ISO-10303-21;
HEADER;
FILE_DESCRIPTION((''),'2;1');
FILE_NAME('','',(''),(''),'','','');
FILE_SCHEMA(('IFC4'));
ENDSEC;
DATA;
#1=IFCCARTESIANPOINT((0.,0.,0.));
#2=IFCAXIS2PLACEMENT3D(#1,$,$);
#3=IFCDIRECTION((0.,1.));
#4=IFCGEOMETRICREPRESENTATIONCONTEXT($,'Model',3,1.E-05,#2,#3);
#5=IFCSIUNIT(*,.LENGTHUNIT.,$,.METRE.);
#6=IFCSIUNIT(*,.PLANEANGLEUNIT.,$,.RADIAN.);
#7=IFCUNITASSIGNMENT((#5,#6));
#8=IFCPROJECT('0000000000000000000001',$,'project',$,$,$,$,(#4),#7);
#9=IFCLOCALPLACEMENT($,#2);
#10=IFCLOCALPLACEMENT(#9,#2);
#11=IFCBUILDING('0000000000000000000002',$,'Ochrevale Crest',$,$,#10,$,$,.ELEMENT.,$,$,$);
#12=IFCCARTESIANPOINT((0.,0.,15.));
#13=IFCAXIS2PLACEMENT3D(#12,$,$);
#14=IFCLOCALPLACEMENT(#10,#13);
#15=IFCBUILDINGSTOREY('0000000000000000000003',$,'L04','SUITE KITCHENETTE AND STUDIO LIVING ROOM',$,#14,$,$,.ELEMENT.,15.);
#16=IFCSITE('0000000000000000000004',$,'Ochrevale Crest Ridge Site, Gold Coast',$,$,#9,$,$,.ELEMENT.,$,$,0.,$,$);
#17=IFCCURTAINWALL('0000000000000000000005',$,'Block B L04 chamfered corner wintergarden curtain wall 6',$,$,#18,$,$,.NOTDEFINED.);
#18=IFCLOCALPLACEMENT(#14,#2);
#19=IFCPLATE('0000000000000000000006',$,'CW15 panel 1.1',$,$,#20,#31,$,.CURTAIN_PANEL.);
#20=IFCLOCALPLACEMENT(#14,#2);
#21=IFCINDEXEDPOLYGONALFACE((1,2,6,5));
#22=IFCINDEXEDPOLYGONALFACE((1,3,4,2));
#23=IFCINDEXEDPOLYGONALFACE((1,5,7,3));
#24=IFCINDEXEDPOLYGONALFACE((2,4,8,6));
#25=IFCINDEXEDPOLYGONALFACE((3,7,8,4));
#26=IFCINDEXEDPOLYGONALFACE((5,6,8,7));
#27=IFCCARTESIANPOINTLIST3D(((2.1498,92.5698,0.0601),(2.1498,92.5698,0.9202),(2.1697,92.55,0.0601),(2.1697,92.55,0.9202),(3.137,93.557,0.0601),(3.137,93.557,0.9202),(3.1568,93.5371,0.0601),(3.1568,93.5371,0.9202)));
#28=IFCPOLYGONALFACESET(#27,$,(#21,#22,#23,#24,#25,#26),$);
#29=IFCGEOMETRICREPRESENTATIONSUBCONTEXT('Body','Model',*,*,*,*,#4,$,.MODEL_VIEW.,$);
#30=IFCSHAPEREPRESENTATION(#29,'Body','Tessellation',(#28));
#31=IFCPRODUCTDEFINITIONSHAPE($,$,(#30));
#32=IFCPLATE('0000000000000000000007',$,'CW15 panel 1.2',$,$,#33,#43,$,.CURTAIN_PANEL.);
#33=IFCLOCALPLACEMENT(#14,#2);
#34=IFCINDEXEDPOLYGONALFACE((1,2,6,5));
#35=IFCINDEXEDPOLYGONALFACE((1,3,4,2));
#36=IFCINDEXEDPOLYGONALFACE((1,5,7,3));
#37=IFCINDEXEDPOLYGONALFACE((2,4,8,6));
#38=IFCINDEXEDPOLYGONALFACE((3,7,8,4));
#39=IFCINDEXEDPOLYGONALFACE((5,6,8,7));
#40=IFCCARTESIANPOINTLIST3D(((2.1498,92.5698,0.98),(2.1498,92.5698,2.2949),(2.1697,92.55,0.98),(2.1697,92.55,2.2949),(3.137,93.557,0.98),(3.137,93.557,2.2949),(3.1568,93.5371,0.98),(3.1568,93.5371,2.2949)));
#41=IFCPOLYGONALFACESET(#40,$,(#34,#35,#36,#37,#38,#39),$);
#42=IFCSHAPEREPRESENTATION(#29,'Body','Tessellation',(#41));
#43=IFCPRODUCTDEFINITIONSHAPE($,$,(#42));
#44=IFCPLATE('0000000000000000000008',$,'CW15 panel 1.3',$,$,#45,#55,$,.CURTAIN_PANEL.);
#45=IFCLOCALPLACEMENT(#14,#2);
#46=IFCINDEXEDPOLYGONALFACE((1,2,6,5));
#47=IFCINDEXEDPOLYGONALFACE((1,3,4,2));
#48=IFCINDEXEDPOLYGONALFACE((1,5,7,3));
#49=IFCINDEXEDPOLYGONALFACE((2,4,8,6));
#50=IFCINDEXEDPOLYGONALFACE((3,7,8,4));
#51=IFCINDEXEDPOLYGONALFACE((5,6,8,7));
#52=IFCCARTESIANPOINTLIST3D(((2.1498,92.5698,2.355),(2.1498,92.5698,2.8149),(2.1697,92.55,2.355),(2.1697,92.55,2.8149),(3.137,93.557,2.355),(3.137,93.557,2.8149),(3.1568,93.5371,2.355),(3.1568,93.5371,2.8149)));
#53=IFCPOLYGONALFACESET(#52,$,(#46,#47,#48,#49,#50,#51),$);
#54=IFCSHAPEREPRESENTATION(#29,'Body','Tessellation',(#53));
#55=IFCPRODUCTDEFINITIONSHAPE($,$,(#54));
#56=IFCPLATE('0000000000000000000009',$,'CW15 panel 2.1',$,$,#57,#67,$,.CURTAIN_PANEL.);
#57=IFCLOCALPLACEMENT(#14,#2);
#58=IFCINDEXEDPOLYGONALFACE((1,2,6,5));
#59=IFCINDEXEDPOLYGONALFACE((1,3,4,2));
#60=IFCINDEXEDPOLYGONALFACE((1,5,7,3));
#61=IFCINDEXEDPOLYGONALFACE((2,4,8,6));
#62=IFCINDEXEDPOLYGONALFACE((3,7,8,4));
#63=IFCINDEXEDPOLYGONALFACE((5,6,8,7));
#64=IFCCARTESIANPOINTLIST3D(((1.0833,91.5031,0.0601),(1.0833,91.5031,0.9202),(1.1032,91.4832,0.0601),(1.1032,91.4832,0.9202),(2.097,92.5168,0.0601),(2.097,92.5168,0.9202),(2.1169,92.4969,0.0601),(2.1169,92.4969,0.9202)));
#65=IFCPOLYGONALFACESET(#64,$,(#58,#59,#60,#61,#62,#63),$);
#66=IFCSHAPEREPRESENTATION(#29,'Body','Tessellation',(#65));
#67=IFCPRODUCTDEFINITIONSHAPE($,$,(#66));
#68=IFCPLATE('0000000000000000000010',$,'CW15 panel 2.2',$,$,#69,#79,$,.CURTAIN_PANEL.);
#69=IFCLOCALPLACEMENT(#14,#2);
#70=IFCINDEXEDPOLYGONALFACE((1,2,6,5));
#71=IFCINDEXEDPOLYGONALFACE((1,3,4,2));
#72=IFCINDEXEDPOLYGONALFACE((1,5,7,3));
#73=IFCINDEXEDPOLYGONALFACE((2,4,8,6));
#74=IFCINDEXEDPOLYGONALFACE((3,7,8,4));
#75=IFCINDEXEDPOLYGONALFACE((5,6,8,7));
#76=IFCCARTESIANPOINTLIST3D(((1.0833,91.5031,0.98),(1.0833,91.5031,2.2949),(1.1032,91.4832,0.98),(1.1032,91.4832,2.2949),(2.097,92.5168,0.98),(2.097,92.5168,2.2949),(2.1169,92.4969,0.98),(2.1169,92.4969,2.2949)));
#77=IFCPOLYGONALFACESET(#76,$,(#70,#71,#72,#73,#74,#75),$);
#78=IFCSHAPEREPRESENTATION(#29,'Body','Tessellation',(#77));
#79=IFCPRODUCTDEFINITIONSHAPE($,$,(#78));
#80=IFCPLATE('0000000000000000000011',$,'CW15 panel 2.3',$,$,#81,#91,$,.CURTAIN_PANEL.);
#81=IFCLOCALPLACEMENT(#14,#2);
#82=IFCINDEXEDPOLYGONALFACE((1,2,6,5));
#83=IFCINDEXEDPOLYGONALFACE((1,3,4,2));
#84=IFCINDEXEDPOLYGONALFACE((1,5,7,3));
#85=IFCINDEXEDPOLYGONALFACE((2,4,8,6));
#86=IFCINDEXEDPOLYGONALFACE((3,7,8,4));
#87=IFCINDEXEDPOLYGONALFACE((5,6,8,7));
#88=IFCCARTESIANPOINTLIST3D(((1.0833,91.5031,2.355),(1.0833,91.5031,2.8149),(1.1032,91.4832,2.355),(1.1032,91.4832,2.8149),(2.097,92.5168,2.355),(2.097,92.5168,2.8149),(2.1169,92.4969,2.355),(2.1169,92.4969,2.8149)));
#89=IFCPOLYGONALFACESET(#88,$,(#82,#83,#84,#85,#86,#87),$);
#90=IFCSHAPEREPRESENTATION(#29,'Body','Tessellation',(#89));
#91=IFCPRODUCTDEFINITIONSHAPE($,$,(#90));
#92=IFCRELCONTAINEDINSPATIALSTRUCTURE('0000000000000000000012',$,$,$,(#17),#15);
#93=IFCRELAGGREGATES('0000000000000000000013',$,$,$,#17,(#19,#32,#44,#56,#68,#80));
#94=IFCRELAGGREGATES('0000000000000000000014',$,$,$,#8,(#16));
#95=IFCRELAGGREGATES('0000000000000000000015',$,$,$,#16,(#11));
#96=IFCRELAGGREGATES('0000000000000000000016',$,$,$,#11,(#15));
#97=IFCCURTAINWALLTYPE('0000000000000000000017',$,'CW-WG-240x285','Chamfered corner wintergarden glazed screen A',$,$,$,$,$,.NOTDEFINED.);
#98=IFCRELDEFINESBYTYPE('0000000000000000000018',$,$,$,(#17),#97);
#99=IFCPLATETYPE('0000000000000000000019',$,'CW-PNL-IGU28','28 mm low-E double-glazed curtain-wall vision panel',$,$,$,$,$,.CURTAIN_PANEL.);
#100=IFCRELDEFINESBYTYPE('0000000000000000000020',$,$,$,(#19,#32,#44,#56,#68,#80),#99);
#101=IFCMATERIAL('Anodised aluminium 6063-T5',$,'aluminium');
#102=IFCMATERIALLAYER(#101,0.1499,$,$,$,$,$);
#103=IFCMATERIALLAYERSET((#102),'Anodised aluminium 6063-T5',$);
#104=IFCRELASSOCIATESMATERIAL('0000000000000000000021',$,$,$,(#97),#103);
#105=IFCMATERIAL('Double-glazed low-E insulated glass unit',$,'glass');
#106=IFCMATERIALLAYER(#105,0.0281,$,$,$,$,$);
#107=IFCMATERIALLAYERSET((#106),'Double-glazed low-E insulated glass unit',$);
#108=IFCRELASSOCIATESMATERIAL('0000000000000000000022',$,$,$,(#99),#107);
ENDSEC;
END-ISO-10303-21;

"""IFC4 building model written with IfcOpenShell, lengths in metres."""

from ifc_helpers import new_model, si_unit, direction, frame, origin, origin_2d, place, context, subcontext, project, spatial, rectangle, extrude, material, layer, layer_set, type_object, element, aggregate, save


model = new_model("IFC4")

# Units and contexts
model_context = context("Model", 3, precision=1e-05, world=origin(), true_north=direction((0.0, 1.0)))
body_context = subcontext(model_context, "Body", "Model", "MODEL_VIEW")
ifc_project = project(units=[si_unit("LENGTHUNIT", "METRE"), si_unit("PLANEANGLEUNIT", "RADIAN")], contexts=[model_context])

# Site, building, storey
site_placement = place(None, origin())
site = spatial("IfcSite", under=ifc_project, at=site_placement, Name="Ochrevale Crest Ridge Site, Gold Coast", CompositionType="ELEMENT", RefElevation=0.0)
building_placement = place(site_placement, origin())
building = spatial("IfcBuilding", under=site, at=building_placement, Name="Ochrevale Crest", CompositionType="ELEMENT")
storey_placement = place(building_placement, frame((0.0, 0.0, 15.0)))
storey = spatial("IfcBuildingStorey", under=building, at=storey_placement, Name="L04", Description="SUITE KITCHENETTE AND STUDIO LIVING ROOM", CompositionType="ELEMENT", Elevation=15.0)

# Curtain wall, plates
ifc_material_1 = material(Name="Anodised aluminium 6063-T5", Category="aluminium")
ifc_layer_1 = layer(ifc_material_1, 0.1499)
ifc_layer_set_1 = layer_set([ifc_layer_1], Name="Anodised aluminium 6063-T5")
curtain_wall_type = type_object("IfcCurtainWallType", Name="CW-WG-240x285", Description="Chamfered corner wintergarden glazed screen A", PredefinedType="NOTDEFINED", material=ifc_layer_set_1)
curtain_wall_placement = place(storey_placement, origin())
curtain_wall = element("IfcCurtainWall", 1, at=curtain_wall_placement, inside=storey, type_object=curtain_wall_type, Name="Block B L04 chamfered corner wintergarden curtain wall 6", PredefinedType="NOTDEFINED")
ifc_material_2 = material(Name="Double-glazed low-E insulated glass unit", Category="glass")
ifc_layer_2 = layer(ifc_material_2, 0.0281)
ifc_layer_set_2 = layer_set([ifc_layer_2], Name="Double-glazed low-E insulated glass unit")
plate_type = type_object("IfcPlateType", Name="CW-PNL-IGU28", Description="28 mm low-E double-glazed curtain-wall vision panel", PredefinedType="CURTAIN_PANEL", material=ifc_layer_set_2)
plate_1_placement = place(storey_placement, frame((2.6533, 93.0535, 0.0601), z_axis=(0.0, 0.0, 1.0), x_axis=(-0.707107, -0.707107, 0.0)))
plate_1 = element("IfcPlate", 2, at=plate_1_placement, type_object=plate_type, Name="CW15 panel 1.1", PredefinedType="CURTAIN_PANEL", context=body_context, shape_type="SweptSolid", body=[
    extrude(rectangle(XDim=1.396, YDim=0.0281, at=origin_2d()), origin(), (0.0, 0.0, 1.0), 0.8601),
])
plate_2_placement = place(storey_placement, frame((2.6533, 93.0535, 0.98), z_axis=(0.0, 0.0, 1.0), x_axis=(-0.707107, -0.707107, 0.0)))
plate_2 = element("IfcPlate", 3, at=plate_2_placement, type_object=plate_type, Name="CW15 panel 1.2", PredefinedType="CURTAIN_PANEL", context=body_context, shape_type="SweptSolid", body=[
    extrude(rectangle(XDim=1.396, YDim=0.0281, at=origin_2d()), origin(), (0.0, 0.0, 1.0), 1.3149),
])
plate_3_placement = place(storey_placement, frame((2.6533, 93.0535, 2.355), z_axis=(0.0, 0.0, 1.0), x_axis=(-0.707107, -0.707107, 0.0)))
plate_3 = element("IfcPlate", 4, at=plate_3_placement, type_object=plate_type, Name="CW15 panel 1.3", PredefinedType="CURTAIN_PANEL", context=body_context, shape_type="SweptSolid", body=[
    extrude(rectangle(XDim=1.396, YDim=0.0281, at=origin_2d()), origin(), (0.0, 0.0, 1.0), 0.46),
])
plate_4_placement = place(storey_placement, frame((1.6001, 92.0, 0.0601), z_axis=(0.0, 0.0, 1.0), x_axis=(-0.707107, -0.707107, 0.0)))
plate_4 = element("IfcPlate", 5, at=plate_4_placement, type_object=plate_type, Name="CW15 panel 2.1", PredefinedType="CURTAIN_PANEL", context=body_context, shape_type="SweptSolid", body=[
    extrude(rectangle(XDim=1.4336, YDim=0.0281, at=origin_2d()), origin(), (0.0, 0.0, 1.0), 0.8601),
])
plate_5_placement = place(storey_placement, frame((1.6001, 92.0, 0.98), z_axis=(0.0, 0.0, 1.0), x_axis=(-0.707107, -0.707107, 0.0)))
plate_5 = element("IfcPlate", 6, at=plate_5_placement, type_object=plate_type, Name="CW15 panel 2.2", PredefinedType="CURTAIN_PANEL", context=body_context, shape_type="SweptSolid", body=[
    extrude(rectangle(XDim=1.4336, YDim=0.0281, at=origin_2d()), origin(), (0.0, 0.0, 1.0), 1.3149),
])
plate_6_placement = place(storey_placement, frame((1.6001, 92.0, 2.355), z_axis=(0.0, 0.0, 1.0), x_axis=(-0.707107, -0.707107, 0.0)))
plate_6 = element("IfcPlate", 7, at=plate_6_placement, type_object=plate_type, Name="CW15 panel 2.3", PredefinedType="CURTAIN_PANEL", context=body_context, shape_type="SweptSolid", body=[
    extrude(rectangle(XDim=1.4336, YDim=0.0281, at=origin_2d()), origin(), (0.0, 0.0, 1.0), 0.46),
])
aggregate(curtain_wall, [plate_1, plate_2, plate_3, plate_4, plate_5, plate_6])

save(model, "model.ifc")
